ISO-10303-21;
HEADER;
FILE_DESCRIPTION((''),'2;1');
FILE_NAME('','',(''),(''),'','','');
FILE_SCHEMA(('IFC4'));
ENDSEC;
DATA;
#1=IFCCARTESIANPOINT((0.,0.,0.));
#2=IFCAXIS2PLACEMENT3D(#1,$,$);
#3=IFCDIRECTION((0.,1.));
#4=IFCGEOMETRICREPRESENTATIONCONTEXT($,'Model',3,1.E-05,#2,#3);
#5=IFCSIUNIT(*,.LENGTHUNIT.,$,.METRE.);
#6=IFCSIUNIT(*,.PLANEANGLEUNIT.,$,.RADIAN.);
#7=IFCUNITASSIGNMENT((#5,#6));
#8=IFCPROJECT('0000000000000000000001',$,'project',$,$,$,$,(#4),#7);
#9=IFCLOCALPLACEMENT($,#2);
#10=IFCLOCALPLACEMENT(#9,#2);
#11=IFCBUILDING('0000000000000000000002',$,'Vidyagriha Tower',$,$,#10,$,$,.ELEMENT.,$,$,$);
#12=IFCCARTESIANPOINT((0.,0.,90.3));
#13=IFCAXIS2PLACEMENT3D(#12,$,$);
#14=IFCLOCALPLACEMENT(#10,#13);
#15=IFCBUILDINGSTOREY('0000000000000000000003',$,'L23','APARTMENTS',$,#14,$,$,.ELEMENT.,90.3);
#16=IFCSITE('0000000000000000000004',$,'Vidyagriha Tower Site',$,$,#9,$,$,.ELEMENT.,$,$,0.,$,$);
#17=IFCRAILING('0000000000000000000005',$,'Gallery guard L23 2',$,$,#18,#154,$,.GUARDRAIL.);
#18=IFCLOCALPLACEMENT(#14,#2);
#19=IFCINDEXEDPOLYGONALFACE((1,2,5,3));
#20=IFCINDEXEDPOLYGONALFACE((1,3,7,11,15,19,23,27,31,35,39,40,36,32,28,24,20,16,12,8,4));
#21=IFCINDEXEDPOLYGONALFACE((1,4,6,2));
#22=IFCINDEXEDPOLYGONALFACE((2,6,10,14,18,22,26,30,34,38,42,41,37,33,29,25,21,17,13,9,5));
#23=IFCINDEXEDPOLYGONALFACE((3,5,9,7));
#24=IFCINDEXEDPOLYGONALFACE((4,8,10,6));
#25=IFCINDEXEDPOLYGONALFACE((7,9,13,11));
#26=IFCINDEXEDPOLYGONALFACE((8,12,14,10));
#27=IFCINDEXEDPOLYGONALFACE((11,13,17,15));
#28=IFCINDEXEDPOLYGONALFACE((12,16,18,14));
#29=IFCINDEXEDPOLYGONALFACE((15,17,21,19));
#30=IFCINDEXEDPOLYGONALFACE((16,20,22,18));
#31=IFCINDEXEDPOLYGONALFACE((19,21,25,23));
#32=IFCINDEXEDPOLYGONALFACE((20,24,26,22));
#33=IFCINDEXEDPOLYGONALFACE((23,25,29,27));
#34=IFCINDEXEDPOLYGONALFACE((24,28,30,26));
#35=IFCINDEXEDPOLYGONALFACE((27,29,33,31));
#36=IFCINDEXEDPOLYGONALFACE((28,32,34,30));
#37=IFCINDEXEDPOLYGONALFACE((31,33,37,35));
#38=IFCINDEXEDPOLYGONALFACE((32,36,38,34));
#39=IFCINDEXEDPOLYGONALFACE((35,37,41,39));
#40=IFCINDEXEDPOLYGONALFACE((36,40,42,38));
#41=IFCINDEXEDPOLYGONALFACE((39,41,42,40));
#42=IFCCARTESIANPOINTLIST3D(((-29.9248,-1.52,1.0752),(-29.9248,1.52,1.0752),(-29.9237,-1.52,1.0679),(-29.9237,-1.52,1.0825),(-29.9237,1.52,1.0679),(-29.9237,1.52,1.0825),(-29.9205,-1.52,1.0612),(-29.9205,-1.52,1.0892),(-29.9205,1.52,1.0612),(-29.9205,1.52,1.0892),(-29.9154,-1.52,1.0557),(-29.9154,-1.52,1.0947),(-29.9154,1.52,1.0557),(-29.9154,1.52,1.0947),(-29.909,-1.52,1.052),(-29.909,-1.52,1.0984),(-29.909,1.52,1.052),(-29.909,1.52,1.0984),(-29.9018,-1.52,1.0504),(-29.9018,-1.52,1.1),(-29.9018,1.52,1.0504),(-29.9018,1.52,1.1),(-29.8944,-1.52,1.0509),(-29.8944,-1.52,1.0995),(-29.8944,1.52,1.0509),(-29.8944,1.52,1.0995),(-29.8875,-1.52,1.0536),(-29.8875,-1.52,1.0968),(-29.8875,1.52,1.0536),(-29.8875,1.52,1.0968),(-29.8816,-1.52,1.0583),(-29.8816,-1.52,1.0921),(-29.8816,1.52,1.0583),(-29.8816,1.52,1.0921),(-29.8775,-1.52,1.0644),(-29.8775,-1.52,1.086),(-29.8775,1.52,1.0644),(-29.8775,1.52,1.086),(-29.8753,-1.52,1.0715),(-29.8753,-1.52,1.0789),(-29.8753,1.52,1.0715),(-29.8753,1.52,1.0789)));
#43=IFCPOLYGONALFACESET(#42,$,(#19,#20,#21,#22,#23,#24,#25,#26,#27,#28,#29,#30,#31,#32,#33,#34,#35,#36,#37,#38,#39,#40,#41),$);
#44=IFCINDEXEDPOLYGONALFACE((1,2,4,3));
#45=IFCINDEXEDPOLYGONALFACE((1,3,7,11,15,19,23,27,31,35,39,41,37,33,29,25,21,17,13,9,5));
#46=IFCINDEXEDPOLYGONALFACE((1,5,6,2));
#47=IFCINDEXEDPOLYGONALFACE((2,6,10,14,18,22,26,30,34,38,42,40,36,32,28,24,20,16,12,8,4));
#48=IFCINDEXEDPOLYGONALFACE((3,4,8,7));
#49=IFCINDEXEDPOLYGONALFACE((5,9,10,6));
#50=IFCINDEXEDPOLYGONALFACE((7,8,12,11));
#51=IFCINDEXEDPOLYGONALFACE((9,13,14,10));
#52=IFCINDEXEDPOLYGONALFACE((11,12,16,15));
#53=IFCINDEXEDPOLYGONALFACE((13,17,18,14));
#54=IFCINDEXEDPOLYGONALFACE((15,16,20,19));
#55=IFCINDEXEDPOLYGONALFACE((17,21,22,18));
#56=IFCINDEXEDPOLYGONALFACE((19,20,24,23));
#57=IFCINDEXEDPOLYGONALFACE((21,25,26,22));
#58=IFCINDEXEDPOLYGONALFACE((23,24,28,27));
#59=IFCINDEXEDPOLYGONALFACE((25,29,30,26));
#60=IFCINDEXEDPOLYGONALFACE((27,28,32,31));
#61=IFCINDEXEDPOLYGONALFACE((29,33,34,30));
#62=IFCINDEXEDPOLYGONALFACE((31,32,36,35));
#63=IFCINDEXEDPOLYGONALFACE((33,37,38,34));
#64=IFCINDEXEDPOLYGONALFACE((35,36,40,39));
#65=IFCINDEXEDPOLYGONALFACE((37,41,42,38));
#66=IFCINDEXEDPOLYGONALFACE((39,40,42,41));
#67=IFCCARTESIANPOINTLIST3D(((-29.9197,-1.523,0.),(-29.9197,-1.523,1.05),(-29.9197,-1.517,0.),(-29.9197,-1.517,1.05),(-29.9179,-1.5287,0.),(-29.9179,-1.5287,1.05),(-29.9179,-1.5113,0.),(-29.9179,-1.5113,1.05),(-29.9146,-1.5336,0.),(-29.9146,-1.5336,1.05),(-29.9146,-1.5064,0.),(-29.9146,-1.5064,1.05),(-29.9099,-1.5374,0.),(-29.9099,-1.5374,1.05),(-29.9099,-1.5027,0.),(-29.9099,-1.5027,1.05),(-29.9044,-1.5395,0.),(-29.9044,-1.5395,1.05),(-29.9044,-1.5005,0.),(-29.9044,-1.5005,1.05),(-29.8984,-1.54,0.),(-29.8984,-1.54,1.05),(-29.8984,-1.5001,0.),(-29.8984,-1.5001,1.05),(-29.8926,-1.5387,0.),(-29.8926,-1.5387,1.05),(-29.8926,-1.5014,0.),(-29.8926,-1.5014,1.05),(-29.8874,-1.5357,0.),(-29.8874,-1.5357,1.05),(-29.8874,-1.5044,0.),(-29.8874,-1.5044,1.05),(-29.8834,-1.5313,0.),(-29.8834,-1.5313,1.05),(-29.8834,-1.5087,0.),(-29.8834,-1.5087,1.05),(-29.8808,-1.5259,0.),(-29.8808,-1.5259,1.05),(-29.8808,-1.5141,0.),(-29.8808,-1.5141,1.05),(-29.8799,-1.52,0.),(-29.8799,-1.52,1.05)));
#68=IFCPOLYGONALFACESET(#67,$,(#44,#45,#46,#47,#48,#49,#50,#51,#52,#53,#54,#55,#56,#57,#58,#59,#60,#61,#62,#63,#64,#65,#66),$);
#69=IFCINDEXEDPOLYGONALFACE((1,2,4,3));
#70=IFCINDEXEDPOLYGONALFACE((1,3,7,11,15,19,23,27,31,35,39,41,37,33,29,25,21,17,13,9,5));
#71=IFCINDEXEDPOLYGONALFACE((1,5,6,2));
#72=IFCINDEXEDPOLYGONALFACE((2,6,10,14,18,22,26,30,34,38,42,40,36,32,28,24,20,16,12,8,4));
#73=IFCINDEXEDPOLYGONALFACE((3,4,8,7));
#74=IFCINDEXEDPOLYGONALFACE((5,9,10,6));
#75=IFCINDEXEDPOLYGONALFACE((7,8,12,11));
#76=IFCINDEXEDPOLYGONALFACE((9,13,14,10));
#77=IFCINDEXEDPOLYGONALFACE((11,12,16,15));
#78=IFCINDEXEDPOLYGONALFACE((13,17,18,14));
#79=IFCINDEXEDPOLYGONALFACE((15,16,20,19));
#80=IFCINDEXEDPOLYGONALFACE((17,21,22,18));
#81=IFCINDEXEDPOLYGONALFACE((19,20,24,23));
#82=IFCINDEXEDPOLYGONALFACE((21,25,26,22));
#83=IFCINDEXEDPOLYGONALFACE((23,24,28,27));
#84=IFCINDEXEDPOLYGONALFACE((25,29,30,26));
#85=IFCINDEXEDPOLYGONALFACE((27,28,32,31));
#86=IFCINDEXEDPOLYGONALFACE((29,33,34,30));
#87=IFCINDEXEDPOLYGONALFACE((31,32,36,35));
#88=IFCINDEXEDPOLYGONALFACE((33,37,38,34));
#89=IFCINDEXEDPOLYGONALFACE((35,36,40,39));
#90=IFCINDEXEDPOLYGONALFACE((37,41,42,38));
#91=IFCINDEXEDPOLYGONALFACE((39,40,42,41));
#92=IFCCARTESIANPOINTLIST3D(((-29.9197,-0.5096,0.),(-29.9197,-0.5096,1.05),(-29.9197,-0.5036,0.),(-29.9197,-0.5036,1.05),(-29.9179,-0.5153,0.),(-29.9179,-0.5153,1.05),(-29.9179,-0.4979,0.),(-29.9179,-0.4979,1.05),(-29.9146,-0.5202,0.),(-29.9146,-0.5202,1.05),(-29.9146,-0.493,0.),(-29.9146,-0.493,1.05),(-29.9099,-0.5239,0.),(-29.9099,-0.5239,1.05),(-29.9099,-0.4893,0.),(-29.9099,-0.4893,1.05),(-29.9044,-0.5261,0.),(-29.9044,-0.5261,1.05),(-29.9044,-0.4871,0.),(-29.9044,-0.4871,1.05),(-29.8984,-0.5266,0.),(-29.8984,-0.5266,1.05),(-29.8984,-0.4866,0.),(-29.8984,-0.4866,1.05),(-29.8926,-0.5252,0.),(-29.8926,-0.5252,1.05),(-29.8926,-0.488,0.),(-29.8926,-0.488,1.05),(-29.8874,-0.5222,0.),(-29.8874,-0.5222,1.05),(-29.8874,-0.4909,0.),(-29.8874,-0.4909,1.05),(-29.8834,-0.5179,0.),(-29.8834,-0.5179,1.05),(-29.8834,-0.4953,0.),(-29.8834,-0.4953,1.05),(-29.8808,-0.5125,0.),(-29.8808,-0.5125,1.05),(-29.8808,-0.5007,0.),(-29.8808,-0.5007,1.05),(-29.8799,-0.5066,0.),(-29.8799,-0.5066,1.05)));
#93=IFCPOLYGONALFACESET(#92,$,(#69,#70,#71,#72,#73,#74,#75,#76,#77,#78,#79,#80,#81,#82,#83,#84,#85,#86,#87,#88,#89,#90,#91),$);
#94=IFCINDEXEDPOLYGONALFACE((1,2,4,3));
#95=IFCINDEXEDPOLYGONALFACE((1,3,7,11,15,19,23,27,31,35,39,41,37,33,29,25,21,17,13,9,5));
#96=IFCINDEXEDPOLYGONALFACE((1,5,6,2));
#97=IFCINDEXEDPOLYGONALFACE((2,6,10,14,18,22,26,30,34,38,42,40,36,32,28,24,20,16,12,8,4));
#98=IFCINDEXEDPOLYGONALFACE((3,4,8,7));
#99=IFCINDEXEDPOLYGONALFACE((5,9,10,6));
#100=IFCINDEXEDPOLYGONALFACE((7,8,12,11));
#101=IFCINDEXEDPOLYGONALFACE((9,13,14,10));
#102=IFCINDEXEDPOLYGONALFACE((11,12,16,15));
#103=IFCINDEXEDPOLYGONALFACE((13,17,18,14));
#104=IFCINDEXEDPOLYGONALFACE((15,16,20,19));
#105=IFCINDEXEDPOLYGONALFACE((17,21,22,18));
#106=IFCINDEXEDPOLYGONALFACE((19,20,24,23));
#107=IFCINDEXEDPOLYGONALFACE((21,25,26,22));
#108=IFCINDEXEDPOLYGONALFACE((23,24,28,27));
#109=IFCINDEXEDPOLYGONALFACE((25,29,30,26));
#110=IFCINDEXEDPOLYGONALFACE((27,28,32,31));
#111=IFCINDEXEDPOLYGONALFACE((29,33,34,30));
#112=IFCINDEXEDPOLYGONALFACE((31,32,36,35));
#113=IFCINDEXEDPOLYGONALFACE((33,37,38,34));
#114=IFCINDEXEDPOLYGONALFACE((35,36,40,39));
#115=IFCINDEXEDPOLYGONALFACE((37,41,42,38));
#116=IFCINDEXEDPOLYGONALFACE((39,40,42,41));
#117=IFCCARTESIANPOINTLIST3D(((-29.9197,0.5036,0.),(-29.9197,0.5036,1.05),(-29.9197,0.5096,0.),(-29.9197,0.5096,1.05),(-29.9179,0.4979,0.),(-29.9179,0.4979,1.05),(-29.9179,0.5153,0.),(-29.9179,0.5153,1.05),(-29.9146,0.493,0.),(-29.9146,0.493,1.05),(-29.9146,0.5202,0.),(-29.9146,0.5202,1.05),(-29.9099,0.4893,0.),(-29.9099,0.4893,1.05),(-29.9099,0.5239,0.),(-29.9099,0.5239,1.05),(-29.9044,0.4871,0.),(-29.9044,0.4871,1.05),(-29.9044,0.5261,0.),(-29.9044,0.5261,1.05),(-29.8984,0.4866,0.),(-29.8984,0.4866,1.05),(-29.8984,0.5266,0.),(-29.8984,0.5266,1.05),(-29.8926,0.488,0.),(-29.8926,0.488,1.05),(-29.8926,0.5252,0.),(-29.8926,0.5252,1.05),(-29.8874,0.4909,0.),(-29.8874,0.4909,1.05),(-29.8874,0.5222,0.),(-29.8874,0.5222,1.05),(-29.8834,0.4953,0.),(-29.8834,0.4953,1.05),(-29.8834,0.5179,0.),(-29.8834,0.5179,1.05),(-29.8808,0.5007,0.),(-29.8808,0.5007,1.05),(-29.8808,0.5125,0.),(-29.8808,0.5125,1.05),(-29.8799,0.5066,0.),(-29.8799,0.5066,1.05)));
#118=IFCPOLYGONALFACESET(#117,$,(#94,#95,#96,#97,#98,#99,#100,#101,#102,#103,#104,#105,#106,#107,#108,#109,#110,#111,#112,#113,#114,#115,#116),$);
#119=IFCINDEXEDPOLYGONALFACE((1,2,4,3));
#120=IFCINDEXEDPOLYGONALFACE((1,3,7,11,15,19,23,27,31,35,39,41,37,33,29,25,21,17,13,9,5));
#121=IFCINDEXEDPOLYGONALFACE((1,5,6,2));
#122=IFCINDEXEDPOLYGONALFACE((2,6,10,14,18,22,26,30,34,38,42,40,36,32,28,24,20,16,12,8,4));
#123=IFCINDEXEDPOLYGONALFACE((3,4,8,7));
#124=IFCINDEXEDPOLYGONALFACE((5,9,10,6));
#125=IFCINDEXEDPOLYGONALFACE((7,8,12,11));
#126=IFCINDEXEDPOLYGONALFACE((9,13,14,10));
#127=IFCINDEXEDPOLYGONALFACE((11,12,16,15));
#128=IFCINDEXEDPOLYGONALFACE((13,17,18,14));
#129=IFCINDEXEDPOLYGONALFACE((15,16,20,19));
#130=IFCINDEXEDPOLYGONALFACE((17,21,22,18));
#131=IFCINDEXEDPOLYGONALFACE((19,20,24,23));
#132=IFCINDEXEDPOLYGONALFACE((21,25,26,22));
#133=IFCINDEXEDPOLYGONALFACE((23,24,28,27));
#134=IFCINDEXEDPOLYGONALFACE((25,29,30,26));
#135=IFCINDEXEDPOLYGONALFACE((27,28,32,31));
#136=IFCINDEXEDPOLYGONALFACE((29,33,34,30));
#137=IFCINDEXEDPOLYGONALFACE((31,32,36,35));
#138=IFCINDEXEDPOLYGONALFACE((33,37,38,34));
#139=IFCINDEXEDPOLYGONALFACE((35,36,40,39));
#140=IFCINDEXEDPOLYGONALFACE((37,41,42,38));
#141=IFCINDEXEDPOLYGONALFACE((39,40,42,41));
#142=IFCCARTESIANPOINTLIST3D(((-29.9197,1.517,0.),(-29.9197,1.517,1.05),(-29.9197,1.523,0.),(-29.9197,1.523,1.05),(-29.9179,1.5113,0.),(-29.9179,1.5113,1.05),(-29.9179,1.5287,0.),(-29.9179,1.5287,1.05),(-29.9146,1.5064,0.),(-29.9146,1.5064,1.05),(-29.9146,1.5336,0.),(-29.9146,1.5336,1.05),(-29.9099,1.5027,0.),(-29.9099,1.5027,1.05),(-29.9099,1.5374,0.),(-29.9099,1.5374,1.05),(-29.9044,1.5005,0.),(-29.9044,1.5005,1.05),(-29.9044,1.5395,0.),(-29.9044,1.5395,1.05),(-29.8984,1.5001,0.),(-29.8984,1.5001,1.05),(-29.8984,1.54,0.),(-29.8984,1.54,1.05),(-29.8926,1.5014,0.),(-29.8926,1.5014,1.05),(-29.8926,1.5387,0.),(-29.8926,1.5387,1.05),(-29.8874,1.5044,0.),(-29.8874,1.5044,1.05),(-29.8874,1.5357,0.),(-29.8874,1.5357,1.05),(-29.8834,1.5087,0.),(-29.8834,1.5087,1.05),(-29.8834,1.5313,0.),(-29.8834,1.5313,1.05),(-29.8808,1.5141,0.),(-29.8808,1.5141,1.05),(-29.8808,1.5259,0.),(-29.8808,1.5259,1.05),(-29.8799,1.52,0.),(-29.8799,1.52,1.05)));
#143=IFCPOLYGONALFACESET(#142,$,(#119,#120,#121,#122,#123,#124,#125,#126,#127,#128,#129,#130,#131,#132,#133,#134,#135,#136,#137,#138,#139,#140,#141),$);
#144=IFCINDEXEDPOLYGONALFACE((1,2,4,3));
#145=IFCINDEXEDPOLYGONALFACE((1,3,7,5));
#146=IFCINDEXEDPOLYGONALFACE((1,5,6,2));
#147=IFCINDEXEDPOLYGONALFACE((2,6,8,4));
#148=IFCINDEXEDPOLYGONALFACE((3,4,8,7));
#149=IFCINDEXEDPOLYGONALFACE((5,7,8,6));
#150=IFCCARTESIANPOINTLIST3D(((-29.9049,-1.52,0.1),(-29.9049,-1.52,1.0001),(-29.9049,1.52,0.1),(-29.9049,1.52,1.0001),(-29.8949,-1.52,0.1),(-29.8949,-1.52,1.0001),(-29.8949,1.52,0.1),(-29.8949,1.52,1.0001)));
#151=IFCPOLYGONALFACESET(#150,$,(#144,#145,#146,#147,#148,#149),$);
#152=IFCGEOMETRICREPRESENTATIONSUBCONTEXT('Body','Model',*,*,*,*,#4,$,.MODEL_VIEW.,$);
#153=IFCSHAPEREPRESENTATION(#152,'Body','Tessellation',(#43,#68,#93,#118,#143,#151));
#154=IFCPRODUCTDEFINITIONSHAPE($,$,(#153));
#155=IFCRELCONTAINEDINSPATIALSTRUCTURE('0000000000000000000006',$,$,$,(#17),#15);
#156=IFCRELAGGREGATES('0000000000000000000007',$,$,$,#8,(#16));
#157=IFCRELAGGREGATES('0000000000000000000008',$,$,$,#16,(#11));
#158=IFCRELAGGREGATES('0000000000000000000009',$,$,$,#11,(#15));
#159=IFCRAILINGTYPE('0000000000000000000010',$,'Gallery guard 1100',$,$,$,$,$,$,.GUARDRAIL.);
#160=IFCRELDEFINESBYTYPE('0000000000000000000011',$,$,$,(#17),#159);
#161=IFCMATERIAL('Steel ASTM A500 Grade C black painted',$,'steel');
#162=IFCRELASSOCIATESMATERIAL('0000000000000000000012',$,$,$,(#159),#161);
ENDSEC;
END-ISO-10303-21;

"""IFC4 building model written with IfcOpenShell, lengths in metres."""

from ifc_helpers import new_model, si_unit, direction, frame, origin, origin_2d, place, context, subcontext, project, spatial, rectangle, circle, extrude, material, type_object, element, save


model = new_model("IFC4")

# Units and contexts
model_context = context("Model", 3, precision=1e-05, world=origin(), true_north=direction((0.0, 1.0)))
body_context = subcontext(model_context, "Body", "Model", "MODEL_VIEW")
ifc_project = project(units=[si_unit("LENGTHUNIT", "METRE"), si_unit("PLANEANGLEUNIT", "RADIAN")], contexts=[model_context])

# Site, building, storey
site_placement = place(None, origin())
site = spatial("IfcSite", under=ifc_project, at=site_placement, Name="Vidyagriha Tower Site", CompositionType="ELEMENT", RefElevation=0.0)
building_placement = place(site_placement, origin())
building = spatial("IfcBuilding", under=site, at=building_placement, Name="Vidyagriha Tower", CompositionType="ELEMENT")
storey_placement = place(building_placement, frame((0.0, 0.0, 90.3)))
storey = spatial("IfcBuildingStorey", under=building, at=storey_placement, Name="L23", Description="APARTMENTS", CompositionType="ELEMENT", Elevation=90.3)

# Railing
ifc_material_1 = material(Name="Steel ASTM A500 Grade C black painted", Category="steel")
railing_type_1 = type_object("IfcRailingType", Name="Gallery guard 1100", PredefinedType="GUARDRAIL", material=ifc_material_1)
railing_1_placement = place(storey_placement, frame((-29.8999, -1.52, 0.0)))
element("IfcRailing", 1, at=railing_1_placement, inside=storey, type_object=railing_type_1, Name="Gallery guard L23 2", PredefinedType="GUARDRAIL", context=body_context, shape_type="SweptSolid", body=[
    extrude(circle(Radius=0.0249, at=origin_2d()), frame((0.0, 0.0, 1.0752), z_axis=(0.0, 1.0, 0.0), x_axis=(-1.0, 0.0, 0.0)), (0.0, 0.0, 1.0), 3.04),
    extrude(circle(Radius=0.02, at=origin_2d()), origin(), (0.0, 0.0, 1.0), 1.05),
    extrude(circle(Radius=0.02, at=origin_2d()), frame((0.0, 1.0134, 0.0)), (0.0, 0.0, 1.0), 1.05),
    extrude(circle(Radius=0.02, at=origin_2d()), frame((0.0, 2.0266, 0.0)), (0.0, 0.0, 1.0), 1.05),
    extrude(circle(Radius=0.02, at=origin_2d()), frame((0.0, 3.04, 0.0)), (0.0, 0.0, 1.0), 1.05),
    extrude(rectangle(XDim=0.01, YDim=0.9001, at=origin_2d()), frame((0.0, 0.0, 0.55), z_axis=(0.0, 1.0, 0.0), x_axis=(-1.0, 0.0, 0.0)), (0.0, 0.0, 1.0), 3.04),
])

save(model, "model.ifc")
